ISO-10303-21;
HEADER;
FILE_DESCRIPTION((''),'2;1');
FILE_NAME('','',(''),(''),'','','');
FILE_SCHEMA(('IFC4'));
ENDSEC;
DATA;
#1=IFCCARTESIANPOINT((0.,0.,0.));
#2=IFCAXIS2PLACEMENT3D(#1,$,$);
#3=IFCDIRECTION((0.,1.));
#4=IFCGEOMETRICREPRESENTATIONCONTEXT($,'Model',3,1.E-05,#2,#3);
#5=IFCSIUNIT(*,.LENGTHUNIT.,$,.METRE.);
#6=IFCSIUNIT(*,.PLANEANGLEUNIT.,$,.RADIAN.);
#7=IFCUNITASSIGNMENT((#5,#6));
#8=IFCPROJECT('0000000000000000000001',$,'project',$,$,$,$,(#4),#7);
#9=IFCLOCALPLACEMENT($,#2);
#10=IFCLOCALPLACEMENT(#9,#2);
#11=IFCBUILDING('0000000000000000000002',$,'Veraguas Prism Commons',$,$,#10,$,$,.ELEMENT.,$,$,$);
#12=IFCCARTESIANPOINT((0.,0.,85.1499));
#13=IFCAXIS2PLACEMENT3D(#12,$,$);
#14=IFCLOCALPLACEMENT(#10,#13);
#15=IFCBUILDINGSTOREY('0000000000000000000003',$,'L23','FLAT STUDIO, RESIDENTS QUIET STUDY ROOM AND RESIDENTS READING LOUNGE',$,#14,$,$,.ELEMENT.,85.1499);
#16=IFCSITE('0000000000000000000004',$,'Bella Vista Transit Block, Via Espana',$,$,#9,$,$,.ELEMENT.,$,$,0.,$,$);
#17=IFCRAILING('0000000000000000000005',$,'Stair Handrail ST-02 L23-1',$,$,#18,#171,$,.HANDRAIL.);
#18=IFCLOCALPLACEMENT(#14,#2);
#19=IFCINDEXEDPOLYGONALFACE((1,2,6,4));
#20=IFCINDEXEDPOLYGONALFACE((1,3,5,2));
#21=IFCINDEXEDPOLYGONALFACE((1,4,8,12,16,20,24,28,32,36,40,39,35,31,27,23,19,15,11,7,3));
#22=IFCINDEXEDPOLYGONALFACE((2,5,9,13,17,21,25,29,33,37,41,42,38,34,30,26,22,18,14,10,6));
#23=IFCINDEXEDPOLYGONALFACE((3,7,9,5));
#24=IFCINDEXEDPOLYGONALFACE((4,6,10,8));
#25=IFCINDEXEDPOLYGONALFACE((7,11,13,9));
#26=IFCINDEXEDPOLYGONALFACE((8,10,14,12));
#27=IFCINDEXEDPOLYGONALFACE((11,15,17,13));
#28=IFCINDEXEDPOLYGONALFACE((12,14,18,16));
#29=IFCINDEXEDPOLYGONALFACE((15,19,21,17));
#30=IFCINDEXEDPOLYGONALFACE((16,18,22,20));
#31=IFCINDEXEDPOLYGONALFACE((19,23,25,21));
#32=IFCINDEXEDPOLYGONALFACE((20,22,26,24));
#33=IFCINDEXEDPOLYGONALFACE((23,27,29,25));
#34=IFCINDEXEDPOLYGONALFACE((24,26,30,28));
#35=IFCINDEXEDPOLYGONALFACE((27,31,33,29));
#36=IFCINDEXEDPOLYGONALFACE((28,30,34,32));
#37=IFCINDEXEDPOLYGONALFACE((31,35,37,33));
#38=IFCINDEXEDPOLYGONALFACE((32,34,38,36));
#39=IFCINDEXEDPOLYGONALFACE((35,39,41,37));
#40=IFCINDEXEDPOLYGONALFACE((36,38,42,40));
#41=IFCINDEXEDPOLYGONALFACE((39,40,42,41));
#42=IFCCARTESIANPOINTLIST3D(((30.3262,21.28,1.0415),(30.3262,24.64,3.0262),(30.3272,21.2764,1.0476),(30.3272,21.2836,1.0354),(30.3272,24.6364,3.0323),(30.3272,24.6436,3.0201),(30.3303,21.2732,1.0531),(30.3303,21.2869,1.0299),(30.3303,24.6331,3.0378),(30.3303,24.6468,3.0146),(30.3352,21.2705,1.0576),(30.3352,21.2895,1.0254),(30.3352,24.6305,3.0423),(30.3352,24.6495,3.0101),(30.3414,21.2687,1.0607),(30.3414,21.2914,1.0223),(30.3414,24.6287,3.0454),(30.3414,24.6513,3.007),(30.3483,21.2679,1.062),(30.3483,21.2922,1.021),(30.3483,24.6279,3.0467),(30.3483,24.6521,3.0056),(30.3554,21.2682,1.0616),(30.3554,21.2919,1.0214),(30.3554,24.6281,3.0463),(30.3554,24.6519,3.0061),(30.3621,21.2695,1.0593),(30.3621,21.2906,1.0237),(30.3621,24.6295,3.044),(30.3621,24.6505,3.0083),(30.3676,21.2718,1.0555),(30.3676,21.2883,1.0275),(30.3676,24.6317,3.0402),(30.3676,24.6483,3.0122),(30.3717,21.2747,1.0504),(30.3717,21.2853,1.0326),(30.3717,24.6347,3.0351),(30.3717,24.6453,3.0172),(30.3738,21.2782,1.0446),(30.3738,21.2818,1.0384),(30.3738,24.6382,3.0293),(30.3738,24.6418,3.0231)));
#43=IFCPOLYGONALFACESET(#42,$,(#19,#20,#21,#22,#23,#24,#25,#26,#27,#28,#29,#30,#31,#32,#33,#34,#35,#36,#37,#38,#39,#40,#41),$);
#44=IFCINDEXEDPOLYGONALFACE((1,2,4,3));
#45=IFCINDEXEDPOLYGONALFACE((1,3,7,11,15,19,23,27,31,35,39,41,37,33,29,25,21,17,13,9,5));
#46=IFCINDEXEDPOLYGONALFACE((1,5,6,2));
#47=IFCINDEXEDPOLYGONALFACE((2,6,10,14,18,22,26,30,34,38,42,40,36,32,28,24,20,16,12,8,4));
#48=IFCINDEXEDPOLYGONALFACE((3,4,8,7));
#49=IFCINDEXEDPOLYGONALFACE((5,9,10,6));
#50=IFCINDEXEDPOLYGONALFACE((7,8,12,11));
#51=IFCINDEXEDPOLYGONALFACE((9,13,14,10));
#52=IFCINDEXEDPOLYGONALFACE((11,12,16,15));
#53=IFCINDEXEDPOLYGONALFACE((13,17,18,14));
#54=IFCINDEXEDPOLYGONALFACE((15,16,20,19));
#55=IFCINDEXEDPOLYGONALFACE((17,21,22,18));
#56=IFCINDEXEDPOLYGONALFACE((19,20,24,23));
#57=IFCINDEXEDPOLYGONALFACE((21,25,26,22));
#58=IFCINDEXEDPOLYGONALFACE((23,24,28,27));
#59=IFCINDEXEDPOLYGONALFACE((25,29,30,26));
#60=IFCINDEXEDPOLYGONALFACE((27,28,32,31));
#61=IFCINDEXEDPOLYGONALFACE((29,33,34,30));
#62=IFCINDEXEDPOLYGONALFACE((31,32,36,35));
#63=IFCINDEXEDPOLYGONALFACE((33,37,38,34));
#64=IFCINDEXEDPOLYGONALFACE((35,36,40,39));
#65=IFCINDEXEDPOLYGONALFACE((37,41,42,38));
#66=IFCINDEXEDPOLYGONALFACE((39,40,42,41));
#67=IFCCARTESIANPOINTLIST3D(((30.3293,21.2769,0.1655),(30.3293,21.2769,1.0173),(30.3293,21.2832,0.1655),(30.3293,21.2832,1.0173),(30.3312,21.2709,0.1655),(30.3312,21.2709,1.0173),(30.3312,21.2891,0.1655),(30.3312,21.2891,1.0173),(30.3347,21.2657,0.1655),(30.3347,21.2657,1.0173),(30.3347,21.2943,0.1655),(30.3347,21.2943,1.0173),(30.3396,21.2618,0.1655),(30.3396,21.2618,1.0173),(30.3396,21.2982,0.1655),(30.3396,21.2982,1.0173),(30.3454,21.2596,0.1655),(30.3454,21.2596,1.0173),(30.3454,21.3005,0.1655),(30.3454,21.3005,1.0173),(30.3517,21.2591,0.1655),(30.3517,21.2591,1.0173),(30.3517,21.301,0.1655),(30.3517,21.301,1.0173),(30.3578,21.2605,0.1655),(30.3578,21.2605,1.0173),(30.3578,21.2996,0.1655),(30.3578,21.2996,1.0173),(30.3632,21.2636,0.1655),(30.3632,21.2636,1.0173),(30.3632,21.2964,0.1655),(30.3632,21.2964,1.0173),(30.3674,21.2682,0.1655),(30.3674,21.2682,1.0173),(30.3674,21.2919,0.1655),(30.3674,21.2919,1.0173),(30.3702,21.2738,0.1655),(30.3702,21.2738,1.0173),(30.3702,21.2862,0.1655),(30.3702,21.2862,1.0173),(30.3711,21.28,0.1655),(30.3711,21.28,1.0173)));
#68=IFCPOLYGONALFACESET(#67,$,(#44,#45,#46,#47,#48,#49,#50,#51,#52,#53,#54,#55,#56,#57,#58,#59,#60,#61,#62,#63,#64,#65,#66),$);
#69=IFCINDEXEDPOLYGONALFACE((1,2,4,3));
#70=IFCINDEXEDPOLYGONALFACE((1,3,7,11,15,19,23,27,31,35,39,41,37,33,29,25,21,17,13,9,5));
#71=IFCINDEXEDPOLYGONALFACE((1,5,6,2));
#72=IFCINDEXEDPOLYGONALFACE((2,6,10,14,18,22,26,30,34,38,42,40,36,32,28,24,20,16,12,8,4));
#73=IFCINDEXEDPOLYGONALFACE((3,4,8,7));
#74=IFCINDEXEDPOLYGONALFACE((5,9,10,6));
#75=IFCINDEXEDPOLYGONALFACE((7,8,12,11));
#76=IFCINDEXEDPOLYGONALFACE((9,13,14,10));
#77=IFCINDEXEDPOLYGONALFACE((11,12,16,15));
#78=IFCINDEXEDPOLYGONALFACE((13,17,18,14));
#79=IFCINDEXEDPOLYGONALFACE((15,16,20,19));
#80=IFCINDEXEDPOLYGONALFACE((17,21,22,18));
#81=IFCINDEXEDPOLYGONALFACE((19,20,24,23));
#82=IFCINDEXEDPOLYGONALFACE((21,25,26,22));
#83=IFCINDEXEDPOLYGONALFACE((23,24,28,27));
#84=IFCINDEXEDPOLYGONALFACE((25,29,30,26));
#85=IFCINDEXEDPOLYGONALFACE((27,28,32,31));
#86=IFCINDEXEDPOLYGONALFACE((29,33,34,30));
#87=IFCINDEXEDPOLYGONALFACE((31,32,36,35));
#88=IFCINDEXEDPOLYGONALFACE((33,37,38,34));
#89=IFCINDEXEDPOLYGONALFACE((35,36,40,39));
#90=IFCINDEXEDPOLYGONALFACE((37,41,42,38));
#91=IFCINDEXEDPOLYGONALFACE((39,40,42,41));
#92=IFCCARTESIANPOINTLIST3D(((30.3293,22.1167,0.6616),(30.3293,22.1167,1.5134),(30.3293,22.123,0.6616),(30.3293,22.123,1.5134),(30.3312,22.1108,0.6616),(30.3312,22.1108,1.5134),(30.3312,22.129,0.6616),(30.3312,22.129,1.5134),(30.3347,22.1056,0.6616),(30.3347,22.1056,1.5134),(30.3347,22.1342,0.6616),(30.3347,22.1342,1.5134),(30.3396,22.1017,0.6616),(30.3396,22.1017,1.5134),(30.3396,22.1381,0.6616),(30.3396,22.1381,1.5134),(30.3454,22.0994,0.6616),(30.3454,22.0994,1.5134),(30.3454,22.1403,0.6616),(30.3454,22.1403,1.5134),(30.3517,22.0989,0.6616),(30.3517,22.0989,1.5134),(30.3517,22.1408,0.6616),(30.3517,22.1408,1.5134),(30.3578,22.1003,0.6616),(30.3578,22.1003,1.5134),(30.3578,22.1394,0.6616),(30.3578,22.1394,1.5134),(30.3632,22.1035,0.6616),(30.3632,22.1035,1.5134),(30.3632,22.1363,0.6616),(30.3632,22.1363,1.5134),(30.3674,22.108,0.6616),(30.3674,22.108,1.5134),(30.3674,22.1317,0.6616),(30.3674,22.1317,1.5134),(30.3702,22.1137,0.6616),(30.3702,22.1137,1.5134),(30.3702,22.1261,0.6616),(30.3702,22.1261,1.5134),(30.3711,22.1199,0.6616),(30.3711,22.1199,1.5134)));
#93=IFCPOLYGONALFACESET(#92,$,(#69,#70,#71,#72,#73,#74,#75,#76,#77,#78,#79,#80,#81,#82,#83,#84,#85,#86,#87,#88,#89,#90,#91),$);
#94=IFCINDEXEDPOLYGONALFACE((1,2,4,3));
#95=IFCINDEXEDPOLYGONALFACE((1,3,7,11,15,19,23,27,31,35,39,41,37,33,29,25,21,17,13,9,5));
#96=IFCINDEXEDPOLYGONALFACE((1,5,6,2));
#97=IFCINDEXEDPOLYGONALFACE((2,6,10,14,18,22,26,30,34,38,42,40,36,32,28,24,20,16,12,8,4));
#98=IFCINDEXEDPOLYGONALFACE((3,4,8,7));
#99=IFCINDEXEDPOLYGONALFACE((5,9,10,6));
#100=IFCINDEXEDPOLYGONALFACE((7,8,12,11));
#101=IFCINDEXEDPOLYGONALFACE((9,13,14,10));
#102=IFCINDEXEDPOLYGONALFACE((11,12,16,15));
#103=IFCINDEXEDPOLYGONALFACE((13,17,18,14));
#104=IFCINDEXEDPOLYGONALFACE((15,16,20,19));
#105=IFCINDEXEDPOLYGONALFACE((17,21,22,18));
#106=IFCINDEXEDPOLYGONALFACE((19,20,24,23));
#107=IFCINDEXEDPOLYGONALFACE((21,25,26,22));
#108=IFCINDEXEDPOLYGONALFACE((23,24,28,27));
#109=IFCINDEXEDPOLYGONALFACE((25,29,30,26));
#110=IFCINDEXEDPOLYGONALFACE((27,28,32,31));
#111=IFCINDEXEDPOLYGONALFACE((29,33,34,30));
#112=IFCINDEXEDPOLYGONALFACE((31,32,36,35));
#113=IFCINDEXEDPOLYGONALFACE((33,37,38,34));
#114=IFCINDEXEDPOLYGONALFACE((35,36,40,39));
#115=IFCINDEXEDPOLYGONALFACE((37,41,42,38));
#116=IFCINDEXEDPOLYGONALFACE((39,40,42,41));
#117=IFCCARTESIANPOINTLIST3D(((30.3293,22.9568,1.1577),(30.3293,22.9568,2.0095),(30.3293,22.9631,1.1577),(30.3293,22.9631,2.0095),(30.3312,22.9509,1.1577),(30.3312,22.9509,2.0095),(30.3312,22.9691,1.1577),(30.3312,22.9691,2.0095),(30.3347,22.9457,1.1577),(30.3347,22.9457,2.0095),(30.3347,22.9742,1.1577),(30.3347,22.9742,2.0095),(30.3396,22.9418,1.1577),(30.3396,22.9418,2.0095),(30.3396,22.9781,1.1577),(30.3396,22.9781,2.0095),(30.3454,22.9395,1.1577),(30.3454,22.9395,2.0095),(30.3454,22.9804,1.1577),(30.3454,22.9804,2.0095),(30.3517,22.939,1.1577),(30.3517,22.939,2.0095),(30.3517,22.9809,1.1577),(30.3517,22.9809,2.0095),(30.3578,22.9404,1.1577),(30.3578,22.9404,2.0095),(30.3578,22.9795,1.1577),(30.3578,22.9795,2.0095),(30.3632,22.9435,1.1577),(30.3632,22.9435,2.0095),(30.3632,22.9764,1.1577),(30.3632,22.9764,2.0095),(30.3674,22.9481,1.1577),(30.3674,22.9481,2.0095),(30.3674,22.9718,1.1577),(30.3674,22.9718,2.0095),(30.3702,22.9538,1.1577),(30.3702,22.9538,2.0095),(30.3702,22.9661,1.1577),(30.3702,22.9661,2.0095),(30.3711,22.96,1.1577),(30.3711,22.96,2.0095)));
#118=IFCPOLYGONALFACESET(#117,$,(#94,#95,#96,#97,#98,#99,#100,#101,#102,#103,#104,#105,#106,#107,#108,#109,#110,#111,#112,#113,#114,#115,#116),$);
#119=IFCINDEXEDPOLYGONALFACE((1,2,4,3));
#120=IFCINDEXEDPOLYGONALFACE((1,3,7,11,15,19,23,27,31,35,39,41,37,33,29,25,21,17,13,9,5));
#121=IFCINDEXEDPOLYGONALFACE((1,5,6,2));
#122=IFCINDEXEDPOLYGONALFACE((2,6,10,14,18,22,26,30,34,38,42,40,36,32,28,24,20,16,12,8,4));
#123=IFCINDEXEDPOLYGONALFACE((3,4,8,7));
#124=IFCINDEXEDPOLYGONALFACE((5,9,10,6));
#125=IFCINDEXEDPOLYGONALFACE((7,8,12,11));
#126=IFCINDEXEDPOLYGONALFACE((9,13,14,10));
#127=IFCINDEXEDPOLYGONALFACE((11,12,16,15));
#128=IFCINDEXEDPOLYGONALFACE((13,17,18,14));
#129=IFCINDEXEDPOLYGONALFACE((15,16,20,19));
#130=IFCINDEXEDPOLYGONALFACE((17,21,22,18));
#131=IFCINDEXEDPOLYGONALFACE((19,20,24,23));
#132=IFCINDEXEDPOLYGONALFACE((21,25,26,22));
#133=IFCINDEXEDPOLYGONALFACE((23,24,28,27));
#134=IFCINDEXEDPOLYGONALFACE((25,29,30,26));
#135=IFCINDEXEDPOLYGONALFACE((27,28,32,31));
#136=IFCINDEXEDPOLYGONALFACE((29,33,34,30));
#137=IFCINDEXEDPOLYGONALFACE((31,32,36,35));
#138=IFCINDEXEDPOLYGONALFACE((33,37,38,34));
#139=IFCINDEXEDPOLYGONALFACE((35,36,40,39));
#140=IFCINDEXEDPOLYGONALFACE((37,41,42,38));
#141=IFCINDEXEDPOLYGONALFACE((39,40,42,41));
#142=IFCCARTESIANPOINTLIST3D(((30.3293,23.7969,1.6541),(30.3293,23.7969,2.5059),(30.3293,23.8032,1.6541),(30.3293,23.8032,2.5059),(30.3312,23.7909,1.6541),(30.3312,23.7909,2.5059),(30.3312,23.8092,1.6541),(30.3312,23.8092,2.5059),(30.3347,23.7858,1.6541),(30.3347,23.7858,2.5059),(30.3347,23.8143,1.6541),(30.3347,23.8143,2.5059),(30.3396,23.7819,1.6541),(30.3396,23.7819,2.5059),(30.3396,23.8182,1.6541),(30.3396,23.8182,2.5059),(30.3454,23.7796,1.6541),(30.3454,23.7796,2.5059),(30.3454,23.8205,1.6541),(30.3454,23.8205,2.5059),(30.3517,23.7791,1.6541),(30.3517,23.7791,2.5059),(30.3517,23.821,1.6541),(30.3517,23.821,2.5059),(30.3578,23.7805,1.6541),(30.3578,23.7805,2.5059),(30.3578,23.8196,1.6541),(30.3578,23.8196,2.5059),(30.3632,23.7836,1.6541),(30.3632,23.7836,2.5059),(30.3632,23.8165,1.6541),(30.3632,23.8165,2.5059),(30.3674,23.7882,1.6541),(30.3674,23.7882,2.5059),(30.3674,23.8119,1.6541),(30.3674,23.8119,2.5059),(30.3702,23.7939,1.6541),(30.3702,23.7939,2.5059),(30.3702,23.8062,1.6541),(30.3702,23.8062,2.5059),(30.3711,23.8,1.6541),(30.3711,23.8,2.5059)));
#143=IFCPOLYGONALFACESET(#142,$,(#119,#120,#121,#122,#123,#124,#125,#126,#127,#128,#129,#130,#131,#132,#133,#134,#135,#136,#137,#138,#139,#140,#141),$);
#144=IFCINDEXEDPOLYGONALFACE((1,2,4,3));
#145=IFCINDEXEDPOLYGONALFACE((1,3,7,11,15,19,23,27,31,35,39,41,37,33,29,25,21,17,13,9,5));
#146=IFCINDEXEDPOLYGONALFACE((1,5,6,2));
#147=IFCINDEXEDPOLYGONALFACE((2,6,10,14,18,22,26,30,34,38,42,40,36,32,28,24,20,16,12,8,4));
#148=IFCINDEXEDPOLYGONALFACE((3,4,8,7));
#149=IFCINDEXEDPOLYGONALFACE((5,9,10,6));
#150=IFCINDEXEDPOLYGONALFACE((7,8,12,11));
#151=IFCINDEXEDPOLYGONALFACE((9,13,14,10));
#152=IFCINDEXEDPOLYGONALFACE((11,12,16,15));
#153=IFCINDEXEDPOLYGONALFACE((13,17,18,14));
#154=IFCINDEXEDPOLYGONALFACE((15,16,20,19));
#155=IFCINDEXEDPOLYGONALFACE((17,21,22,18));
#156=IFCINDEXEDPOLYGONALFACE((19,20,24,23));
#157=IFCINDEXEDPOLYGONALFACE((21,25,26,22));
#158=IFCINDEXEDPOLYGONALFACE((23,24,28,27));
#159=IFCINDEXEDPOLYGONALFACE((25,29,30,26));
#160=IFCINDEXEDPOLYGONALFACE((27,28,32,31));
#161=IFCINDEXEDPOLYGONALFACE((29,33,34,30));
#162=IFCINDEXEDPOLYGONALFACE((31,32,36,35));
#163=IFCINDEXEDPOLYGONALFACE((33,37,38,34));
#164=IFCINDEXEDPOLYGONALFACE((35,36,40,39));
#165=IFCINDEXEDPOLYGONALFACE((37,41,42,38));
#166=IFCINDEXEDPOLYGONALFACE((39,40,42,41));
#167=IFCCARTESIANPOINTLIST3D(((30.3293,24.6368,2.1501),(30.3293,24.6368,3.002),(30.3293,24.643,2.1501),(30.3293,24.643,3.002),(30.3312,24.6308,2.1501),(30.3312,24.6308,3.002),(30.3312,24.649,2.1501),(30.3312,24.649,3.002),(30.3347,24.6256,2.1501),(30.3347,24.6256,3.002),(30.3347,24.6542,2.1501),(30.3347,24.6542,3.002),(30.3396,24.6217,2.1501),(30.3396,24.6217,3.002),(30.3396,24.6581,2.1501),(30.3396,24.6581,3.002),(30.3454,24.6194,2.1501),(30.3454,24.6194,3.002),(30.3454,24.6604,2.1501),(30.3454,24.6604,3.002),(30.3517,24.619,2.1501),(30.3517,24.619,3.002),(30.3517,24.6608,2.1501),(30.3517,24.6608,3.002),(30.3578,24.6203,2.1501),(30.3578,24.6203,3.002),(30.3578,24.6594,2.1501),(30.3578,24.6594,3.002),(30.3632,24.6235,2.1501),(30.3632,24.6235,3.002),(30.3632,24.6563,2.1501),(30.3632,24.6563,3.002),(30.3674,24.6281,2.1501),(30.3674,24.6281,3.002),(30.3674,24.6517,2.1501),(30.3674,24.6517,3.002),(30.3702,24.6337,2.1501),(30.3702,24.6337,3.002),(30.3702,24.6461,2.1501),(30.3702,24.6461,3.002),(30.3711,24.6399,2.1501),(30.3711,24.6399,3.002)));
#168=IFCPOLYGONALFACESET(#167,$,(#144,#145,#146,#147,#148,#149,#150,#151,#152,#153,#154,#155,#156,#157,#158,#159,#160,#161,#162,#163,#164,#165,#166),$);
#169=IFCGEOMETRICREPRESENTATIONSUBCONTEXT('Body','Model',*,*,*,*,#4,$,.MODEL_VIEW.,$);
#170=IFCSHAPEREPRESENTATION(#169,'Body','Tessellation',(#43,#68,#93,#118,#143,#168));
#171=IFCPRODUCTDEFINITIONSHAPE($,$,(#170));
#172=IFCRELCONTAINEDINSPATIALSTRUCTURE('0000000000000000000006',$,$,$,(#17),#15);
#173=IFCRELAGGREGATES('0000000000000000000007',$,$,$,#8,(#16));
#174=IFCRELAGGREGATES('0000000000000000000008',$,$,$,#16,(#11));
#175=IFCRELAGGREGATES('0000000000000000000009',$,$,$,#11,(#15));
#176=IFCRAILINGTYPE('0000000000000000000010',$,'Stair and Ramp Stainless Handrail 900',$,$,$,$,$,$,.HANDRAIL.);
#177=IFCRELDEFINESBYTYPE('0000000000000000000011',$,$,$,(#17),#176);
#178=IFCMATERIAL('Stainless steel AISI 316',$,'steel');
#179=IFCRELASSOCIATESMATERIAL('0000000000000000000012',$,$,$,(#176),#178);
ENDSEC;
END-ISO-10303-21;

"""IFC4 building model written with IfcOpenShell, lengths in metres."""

from ifc_helpers import new_model, si_unit, direction, frame, origin, origin_2d, place, context, subcontext, project, spatial, circle, extrude, material, type_object, element, save


model = new_model("IFC4")

# Units and contexts
model_context = context("Model", 3, precision=1e-05, world=origin(), true_north=direction((0.0, 1.0)))
body_context = subcontext(model_context, "Body", "Model", "MODEL_VIEW")
ifc_project = project(units=[si_unit("LENGTHUNIT", "METRE"), si_unit("PLANEANGLEUNIT", "RADIAN")], contexts=[model_context])

# Site, building, storey
site_placement = place(None, origin())
site = spatial("IfcSite", under=ifc_project, at=site_placement, Name="Bella Vista Transit Block, Via Espana", CompositionType="ELEMENT", RefElevation=0.0)
building_placement = place(site_placement, origin())
building = spatial("IfcBuilding", under=site, at=building_placement, Name="Veraguas Prism Commons", CompositionType="ELEMENT")
storey_placement = place(building_placement, frame((0.0, 0.0, 85.1499)))
storey = spatial("IfcBuildingStorey", under=building, at=storey_placement, Name="L23", Description="FLAT STUDIO, RESIDENTS QUIET STUDY ROOM AND RESIDENTS READING LOUNGE", CompositionType="ELEMENT", Elevation=85.1499)

# Shared definitions
ifc_material_1 = material(Name="Stainless steel AISI 316", Category="steel")

# Railing
railing_type_1 = type_object("IfcRailingType", Name="Stair and Ramp Stainless Handrail 900", PredefinedType="HANDRAIL", material=ifc_material_1)
railing_1_placement = place(storey_placement, frame((30.3501, 21.28, 0.1655)))
element("IfcRailing", 1, at=railing_1_placement, inside=storey, type_object=railing_type_1, Name="Stair Handrail ST-02 L23-1", PredefinedType="HANDRAIL", context=body_context, shape_type="SweptSolid", body=[
    extrude(circle(Radius=0.0239, at=origin_2d()), frame((0.0, 0.0, 0.876), z_axis=(0.0, 0.861011, 0.508586), x_axis=(-1.0, 0.0, 0.0)), (0.0, 0.0, 1.0), 3.9023),
    extrude(circle(Radius=0.021, at=origin_2d()), origin(), (0.0, 0.0, 1.0), 0.8518),
    extrude(circle(Radius=0.021, at=origin_2d()), frame((0.0, 0.8398, 0.4961)), (0.0, 0.0, 1.0), 0.8518),
    extrude(circle(Radius=0.021, at=origin_2d()), frame((0.0, 1.6799, 0.9922)), (0.0, 0.0, 1.0), 0.8518),
    extrude(circle(Radius=0.021, at=origin_2d()), frame((0.0, 2.52, 1.4885)), (0.0, 0.0, 1.0), 0.8518),
    extrude(circle(Radius=0.021, at=origin_2d()), frame((0.0, 3.3599, 1.9846)), (0.0, 0.0, 1.0), 0.8518),
])

save(model, "model.ifc")
